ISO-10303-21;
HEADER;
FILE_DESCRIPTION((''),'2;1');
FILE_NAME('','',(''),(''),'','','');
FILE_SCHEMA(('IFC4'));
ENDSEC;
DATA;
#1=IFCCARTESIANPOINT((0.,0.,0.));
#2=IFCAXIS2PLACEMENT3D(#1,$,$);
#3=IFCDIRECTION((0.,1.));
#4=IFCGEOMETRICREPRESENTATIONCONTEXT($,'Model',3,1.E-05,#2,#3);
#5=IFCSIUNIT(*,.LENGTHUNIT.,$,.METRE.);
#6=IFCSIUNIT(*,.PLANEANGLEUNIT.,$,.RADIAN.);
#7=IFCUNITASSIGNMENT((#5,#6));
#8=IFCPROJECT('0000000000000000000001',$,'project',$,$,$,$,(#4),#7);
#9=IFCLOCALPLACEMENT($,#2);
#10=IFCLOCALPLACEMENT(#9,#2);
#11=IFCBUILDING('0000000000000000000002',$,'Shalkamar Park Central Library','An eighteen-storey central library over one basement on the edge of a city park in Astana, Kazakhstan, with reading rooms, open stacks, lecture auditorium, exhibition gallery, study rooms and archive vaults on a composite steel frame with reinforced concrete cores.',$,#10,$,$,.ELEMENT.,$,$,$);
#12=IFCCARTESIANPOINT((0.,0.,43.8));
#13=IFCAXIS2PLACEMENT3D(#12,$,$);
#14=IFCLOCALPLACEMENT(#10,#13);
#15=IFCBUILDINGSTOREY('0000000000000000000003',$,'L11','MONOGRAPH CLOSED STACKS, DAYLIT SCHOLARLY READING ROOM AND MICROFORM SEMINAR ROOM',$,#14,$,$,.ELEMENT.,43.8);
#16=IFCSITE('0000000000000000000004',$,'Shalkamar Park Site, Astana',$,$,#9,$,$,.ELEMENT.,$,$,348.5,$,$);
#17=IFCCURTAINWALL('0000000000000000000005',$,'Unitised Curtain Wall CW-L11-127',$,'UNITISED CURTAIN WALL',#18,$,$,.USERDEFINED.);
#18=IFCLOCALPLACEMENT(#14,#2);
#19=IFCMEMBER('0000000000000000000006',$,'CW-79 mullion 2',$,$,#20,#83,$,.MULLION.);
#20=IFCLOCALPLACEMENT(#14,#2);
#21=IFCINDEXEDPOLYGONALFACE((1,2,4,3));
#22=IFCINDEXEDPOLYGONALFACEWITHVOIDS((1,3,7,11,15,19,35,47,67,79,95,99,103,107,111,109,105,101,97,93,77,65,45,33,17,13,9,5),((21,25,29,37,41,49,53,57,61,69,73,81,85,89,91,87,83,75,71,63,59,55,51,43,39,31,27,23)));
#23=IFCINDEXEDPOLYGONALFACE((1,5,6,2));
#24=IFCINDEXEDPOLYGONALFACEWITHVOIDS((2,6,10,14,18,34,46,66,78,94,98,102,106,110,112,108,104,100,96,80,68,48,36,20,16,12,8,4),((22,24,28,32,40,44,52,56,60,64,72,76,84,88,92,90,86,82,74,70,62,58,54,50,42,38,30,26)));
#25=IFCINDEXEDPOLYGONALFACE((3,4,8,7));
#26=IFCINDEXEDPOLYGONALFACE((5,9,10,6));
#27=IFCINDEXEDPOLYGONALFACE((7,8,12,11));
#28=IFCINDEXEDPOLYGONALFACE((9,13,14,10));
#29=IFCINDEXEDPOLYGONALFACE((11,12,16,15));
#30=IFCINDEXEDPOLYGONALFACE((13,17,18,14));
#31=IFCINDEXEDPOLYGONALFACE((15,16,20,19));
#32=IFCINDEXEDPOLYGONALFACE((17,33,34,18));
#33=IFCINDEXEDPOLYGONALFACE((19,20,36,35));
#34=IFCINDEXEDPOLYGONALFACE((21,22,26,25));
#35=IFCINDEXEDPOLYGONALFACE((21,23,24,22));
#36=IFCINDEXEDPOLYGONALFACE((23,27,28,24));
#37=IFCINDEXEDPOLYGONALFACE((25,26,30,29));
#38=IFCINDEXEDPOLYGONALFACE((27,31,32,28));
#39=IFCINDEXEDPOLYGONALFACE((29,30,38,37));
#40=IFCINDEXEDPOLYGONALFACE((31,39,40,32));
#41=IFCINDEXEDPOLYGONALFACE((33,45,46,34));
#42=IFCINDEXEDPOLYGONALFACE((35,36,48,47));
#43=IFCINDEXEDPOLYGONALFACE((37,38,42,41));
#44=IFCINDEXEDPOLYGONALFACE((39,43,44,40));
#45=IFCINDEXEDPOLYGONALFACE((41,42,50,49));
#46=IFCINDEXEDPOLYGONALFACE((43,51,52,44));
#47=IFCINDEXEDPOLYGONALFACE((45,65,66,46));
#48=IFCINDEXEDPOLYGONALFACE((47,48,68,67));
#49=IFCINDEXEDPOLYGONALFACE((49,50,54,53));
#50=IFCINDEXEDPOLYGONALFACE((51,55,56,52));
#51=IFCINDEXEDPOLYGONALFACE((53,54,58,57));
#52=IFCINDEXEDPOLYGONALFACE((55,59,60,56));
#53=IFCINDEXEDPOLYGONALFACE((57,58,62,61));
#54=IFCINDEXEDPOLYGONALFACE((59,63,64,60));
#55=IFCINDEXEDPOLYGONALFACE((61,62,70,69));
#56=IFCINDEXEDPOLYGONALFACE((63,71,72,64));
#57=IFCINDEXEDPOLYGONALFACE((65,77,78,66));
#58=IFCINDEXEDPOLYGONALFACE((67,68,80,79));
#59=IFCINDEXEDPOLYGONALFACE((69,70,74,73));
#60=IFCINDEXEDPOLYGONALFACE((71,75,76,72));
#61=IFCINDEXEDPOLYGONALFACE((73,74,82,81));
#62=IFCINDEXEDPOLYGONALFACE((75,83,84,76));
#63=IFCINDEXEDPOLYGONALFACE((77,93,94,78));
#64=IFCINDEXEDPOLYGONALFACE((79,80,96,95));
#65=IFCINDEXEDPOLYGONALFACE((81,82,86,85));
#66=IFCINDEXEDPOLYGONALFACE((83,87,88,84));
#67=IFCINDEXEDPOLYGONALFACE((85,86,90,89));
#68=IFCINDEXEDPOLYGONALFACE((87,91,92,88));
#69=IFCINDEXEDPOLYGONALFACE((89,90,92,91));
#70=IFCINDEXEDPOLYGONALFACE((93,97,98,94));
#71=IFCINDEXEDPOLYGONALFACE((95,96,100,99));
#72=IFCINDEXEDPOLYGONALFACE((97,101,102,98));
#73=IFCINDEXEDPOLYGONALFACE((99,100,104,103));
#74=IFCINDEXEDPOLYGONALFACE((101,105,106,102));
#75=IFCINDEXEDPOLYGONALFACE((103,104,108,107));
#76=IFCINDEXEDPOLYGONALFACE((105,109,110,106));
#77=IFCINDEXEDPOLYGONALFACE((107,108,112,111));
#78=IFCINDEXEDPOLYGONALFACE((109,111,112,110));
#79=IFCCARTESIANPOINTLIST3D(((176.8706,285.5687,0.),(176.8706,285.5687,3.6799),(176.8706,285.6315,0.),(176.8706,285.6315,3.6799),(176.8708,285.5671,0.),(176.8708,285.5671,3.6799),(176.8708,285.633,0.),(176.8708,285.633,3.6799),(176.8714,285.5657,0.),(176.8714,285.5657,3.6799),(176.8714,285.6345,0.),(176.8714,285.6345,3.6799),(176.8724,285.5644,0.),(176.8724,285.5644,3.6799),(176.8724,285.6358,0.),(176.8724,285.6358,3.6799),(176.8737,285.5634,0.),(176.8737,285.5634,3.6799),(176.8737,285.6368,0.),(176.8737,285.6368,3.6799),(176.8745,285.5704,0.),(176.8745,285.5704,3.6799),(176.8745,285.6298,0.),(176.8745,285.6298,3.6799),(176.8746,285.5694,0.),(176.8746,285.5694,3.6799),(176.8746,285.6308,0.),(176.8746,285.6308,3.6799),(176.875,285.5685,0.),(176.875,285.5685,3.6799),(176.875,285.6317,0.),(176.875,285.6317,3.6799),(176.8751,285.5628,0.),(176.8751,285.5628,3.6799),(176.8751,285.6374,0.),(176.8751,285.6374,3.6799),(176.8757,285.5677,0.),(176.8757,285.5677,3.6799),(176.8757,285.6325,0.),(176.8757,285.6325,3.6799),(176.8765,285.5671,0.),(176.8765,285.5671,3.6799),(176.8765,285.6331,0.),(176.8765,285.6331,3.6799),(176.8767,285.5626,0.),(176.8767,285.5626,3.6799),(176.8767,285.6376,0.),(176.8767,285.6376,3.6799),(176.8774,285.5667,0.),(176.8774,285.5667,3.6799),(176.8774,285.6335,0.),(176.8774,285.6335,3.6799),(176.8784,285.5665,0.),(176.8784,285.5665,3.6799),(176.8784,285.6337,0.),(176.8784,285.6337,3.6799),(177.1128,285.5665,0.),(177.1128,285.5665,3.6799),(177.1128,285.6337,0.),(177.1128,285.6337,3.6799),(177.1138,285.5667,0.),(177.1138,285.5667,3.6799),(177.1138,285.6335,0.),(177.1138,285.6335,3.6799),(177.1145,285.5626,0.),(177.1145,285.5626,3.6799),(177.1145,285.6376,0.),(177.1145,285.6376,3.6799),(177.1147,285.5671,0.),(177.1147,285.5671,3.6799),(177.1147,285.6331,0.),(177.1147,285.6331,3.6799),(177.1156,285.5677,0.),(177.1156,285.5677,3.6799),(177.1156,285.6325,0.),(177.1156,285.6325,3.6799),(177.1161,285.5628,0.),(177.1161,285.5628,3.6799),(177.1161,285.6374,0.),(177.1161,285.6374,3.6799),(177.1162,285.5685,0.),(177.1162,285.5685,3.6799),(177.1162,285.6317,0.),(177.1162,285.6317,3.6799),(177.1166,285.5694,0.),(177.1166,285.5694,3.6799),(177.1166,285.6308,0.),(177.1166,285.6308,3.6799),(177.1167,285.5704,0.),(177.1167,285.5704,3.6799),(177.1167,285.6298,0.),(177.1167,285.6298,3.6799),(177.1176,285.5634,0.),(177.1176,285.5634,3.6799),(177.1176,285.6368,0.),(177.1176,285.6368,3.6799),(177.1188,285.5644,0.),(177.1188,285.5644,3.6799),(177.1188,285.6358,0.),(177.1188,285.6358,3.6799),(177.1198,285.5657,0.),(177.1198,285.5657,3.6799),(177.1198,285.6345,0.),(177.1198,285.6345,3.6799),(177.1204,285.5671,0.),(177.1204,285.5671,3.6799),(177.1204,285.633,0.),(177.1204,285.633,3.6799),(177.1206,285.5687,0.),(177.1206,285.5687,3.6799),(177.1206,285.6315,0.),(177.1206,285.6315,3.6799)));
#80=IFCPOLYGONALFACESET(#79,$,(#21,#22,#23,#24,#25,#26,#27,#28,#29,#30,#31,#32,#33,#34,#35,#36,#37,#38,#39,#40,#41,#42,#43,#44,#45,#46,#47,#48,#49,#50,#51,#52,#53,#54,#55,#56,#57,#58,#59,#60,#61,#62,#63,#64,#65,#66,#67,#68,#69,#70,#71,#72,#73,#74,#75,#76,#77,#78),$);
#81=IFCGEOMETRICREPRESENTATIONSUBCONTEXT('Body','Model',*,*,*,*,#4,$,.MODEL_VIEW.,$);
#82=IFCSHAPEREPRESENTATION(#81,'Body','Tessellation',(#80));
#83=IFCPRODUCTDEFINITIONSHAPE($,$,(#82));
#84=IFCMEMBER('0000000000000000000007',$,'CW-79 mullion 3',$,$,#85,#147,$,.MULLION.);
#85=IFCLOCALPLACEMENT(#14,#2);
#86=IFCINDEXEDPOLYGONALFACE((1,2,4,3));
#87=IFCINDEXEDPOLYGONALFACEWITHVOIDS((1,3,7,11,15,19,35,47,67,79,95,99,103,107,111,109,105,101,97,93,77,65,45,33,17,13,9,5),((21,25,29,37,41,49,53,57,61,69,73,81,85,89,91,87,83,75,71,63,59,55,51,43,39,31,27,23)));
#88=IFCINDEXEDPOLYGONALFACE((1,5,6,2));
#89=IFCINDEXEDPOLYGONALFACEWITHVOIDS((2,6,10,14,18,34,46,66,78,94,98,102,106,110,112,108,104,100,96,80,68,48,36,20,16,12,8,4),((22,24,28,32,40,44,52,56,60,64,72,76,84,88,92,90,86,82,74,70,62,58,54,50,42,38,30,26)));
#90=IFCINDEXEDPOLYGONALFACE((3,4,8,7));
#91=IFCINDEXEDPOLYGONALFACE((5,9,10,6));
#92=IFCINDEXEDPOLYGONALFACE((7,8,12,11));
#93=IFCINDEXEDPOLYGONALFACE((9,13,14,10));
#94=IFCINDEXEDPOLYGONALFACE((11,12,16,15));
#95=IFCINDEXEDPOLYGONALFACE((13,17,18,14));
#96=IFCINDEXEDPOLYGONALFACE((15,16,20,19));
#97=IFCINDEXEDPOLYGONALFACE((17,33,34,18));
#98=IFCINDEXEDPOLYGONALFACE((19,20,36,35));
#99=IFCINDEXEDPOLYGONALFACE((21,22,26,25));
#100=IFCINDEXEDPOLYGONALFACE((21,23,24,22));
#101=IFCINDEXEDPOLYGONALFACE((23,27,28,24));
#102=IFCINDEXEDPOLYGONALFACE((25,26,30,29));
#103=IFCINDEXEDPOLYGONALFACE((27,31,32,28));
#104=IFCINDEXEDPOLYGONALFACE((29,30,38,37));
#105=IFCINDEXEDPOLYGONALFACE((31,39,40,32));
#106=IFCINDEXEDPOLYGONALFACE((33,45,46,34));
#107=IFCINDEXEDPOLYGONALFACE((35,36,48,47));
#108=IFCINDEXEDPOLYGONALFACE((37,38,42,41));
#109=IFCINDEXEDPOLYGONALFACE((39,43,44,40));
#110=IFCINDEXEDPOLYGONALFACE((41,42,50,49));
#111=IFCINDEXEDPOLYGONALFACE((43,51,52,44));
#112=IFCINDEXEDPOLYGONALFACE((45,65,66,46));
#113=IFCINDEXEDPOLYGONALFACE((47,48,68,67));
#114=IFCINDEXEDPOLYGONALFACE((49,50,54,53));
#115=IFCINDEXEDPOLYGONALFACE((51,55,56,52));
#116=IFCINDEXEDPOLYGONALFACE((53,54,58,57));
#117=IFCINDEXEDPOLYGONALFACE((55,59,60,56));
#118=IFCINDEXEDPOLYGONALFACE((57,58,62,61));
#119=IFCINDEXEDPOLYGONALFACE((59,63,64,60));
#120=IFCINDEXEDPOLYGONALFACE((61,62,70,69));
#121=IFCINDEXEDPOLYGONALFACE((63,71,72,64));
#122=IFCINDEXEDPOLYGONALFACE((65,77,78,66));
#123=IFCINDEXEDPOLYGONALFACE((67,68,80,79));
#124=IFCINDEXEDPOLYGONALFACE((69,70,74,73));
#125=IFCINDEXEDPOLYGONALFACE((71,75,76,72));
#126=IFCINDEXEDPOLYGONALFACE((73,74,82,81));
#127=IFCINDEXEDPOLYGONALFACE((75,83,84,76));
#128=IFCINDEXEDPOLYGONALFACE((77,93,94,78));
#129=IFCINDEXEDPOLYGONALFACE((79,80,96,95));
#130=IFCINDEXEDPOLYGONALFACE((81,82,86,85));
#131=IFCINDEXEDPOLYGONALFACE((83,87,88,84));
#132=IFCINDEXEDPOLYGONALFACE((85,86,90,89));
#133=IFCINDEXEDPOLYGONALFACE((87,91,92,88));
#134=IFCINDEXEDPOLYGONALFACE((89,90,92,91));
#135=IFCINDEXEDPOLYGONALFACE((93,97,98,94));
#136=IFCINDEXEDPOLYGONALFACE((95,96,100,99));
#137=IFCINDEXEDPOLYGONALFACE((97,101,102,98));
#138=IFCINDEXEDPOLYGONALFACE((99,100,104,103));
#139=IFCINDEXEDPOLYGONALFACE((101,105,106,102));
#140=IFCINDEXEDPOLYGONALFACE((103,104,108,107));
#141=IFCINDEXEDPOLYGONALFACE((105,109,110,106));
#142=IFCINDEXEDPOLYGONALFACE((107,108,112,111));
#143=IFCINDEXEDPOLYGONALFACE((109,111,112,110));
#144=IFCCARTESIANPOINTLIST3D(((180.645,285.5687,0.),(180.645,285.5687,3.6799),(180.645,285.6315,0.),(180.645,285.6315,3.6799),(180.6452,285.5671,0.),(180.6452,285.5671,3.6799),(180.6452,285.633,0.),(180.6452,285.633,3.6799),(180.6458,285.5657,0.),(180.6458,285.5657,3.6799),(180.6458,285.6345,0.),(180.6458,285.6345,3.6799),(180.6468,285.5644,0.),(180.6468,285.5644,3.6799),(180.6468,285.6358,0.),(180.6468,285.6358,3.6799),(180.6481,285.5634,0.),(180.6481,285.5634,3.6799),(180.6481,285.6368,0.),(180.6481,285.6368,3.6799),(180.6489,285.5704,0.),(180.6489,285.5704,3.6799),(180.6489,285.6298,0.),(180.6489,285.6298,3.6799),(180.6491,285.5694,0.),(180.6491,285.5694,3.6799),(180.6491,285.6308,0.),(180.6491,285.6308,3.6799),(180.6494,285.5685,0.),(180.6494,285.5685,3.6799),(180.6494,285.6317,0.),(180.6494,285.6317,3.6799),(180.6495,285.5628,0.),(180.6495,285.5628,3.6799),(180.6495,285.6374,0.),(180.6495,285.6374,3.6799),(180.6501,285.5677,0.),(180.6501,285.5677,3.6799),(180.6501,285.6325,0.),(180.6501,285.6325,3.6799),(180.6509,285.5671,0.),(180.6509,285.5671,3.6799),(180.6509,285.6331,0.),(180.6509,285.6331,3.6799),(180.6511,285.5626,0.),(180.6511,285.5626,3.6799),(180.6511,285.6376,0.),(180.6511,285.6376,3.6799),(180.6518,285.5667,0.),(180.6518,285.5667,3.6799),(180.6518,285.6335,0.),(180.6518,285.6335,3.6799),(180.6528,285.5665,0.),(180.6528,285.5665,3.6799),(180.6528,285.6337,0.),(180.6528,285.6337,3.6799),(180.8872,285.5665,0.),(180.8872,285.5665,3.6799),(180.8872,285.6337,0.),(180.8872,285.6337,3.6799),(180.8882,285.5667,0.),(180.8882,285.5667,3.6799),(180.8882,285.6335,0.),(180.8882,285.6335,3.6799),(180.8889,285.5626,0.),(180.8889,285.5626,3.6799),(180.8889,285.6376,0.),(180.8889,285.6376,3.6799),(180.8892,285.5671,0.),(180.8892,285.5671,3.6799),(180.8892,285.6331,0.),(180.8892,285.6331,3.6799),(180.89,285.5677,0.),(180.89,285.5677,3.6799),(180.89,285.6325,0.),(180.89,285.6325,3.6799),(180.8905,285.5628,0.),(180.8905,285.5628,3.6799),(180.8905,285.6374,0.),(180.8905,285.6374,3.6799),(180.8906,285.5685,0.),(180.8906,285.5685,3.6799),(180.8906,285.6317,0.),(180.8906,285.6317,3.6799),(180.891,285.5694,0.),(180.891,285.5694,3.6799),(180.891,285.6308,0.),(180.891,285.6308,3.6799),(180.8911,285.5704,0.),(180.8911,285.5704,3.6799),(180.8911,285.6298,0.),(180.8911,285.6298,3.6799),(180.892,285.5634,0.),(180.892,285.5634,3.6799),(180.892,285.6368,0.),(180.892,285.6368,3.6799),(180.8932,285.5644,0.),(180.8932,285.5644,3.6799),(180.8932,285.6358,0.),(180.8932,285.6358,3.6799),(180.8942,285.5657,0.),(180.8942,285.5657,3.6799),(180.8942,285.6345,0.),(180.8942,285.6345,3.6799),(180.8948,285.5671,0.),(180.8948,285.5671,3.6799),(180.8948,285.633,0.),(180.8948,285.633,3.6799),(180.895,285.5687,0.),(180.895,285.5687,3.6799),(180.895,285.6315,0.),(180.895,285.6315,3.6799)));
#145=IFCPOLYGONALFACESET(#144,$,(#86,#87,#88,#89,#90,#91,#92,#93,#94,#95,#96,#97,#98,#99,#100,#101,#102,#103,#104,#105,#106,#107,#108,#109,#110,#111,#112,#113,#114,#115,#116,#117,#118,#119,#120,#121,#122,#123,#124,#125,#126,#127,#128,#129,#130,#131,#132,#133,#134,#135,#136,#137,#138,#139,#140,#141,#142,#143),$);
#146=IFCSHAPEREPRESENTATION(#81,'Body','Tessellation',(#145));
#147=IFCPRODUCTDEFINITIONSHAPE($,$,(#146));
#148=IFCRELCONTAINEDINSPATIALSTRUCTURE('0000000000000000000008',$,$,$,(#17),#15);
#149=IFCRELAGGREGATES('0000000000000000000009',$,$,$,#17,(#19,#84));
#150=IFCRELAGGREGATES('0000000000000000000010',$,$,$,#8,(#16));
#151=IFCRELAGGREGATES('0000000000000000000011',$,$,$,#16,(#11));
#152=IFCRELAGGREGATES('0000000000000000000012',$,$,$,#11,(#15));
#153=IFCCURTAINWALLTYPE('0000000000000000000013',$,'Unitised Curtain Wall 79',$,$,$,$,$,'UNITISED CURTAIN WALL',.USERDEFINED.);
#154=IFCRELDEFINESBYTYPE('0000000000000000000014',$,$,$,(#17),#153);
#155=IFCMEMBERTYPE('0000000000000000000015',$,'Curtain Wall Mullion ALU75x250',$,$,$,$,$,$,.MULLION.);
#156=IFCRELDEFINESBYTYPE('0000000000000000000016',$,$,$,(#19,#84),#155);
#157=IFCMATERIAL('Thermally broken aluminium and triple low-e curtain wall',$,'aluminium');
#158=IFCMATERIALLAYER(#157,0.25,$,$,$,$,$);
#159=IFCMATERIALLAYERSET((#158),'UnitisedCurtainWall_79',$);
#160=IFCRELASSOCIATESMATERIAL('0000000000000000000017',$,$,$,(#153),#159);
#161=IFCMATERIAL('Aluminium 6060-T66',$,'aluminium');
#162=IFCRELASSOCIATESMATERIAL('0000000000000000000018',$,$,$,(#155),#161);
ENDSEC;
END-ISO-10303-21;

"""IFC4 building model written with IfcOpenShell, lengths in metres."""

from ifc_helpers import new_model, si_unit, direction, frame, origin, origin_2d, place, context, subcontext, project, spatial, hollow_rectangle, extrude, material, layer, layer_set, material_profile, profile_set, type_object, element, aggregate, save


model = new_model("IFC4")

# Units and contexts
model_context = context("Model", 3, precision=1e-05, world=origin(), true_north=direction((0.0, 1.0)))
body_context = subcontext(model_context, "Body", "Model", "MODEL_VIEW")
ifc_project = project(units=[si_unit("LENGTHUNIT", "METRE"), si_unit("PLANEANGLEUNIT", "RADIAN")], contexts=[model_context])

# Site, building, storey
site_placement = place(None, origin())
site = spatial("IfcSite", under=ifc_project, at=site_placement, Name="Shalkamar Park Site, Astana", CompositionType="ELEMENT", RefElevation=348.5)
building_placement = place(site_placement, origin())
building = spatial("IfcBuilding", under=site, at=building_placement, Name="Shalkamar Park Central Library", Description="An eighteen-storey central library over one basement on the edge of a city park in Astana, Kazakhstan, with reading rooms, open stacks, lecture auditorium, exhibition gallery, study rooms and archive vaults on a composite steel frame with reinforced concrete cores.", CompositionType="ELEMENT")
storey_placement = place(building_placement, frame((0.0, 0.0, 43.8)))
storey = spatial("IfcBuildingStorey", under=building, at=storey_placement, Name="L11", Description="MONOGRAPH CLOSED STACKS, DAYLIT SCHOLARLY READING ROOM AND MICROFORM SEMINAR ROOM", CompositionType="ELEMENT", Elevation=43.8)

# Curtain wall, members
ifc_material_1 = material(Name="Thermally broken aluminium and triple low-e curtain wall", Category="aluminium")
ifc_layer_1 = layer(ifc_material_1, 0.25)
ifc_layer_set_1 = layer_set([ifc_layer_1], Name="UnitisedCurtainWall_79")
curtain_wall_type_1 = type_object("IfcCurtainWallType", Name="Unitised Curtain Wall 79", ElementType="UNITISED CURTAIN WALL", PredefinedType="USERDEFINED", material=ifc_layer_set_1)
curtain_wall_1_placement = place(storey_placement, origin())
curtain_wall_1 = element("IfcCurtainWall", 1, at=curtain_wall_1_placement, inside=storey, type_object=curtain_wall_type_1, Name="Unitised Curtain Wall CW-L11-127", ObjectType="UNITISED CURTAIN WALL", PredefinedType="USERDEFINED")
ifc_material_2 = material(Name="Aluminium 6060-T66", Category="aluminium")
ifc_material_profile_1 = material_profile(ifc_material_2, hollow_rectangle(XDim=0.075, YDim=0.25, WallThickness=0.0039, InnerFilletRadius=0.0039, OuterFilletRadius=0.0061, at=origin_2d()), Name="ALU 75x250x4")
ifc_profile_set_1 = profile_set([ifc_material_profile_1], Name="Aluminium 6060-T66")
member_type_1 = type_object("IfcMemberType", Name="Curtain Wall Mullion ALU75x250", PredefinedType="MULLION", material=ifc_profile_set_1)
member_1_placement = place(storey_placement, frame((176.9956, 285.6001, 0.0), z_axis=(0.0, 0.0, 1.0), x_axis=(0.0, 1.0, 0.0)))
member_1 = element("IfcMember", 2, at=member_1_placement, type_object=member_type_1, Name="CW-79 mullion 2", PredefinedType="MULLION", context=body_context, shape_type="SweptSolid", body=[
    extrude(hollow_rectangle(XDim=0.075, YDim=0.25, WallThickness=0.0039, InnerFilletRadius=0.0039, OuterFilletRadius=0.0061, at=origin_2d()), origin(), (0.0, 0.0, 1.0), 3.6799),
])
member_2_placement = place(storey_placement, frame((180.77, 285.6001, 0.0), z_axis=(0.0, 0.0, 1.0), x_axis=(0.0, 1.0, 0.0)))
member_2 = element("IfcMember", 3, at=member_2_placement, type_object=member_type_1, Name="CW-79 mullion 3", PredefinedType="MULLION", context=body_context, shape_type="SweptSolid", body=[
    extrude(hollow_rectangle(XDim=0.075, YDim=0.25, WallThickness=0.0039, InnerFilletRadius=0.0039, OuterFilletRadius=0.0061, at=origin_2d()), origin(), (0.0, 0.0, 1.0), 3.6799),
])

aggregate(curtain_wall_1, [member_1, member_2])

save(model, "model.ifc")
